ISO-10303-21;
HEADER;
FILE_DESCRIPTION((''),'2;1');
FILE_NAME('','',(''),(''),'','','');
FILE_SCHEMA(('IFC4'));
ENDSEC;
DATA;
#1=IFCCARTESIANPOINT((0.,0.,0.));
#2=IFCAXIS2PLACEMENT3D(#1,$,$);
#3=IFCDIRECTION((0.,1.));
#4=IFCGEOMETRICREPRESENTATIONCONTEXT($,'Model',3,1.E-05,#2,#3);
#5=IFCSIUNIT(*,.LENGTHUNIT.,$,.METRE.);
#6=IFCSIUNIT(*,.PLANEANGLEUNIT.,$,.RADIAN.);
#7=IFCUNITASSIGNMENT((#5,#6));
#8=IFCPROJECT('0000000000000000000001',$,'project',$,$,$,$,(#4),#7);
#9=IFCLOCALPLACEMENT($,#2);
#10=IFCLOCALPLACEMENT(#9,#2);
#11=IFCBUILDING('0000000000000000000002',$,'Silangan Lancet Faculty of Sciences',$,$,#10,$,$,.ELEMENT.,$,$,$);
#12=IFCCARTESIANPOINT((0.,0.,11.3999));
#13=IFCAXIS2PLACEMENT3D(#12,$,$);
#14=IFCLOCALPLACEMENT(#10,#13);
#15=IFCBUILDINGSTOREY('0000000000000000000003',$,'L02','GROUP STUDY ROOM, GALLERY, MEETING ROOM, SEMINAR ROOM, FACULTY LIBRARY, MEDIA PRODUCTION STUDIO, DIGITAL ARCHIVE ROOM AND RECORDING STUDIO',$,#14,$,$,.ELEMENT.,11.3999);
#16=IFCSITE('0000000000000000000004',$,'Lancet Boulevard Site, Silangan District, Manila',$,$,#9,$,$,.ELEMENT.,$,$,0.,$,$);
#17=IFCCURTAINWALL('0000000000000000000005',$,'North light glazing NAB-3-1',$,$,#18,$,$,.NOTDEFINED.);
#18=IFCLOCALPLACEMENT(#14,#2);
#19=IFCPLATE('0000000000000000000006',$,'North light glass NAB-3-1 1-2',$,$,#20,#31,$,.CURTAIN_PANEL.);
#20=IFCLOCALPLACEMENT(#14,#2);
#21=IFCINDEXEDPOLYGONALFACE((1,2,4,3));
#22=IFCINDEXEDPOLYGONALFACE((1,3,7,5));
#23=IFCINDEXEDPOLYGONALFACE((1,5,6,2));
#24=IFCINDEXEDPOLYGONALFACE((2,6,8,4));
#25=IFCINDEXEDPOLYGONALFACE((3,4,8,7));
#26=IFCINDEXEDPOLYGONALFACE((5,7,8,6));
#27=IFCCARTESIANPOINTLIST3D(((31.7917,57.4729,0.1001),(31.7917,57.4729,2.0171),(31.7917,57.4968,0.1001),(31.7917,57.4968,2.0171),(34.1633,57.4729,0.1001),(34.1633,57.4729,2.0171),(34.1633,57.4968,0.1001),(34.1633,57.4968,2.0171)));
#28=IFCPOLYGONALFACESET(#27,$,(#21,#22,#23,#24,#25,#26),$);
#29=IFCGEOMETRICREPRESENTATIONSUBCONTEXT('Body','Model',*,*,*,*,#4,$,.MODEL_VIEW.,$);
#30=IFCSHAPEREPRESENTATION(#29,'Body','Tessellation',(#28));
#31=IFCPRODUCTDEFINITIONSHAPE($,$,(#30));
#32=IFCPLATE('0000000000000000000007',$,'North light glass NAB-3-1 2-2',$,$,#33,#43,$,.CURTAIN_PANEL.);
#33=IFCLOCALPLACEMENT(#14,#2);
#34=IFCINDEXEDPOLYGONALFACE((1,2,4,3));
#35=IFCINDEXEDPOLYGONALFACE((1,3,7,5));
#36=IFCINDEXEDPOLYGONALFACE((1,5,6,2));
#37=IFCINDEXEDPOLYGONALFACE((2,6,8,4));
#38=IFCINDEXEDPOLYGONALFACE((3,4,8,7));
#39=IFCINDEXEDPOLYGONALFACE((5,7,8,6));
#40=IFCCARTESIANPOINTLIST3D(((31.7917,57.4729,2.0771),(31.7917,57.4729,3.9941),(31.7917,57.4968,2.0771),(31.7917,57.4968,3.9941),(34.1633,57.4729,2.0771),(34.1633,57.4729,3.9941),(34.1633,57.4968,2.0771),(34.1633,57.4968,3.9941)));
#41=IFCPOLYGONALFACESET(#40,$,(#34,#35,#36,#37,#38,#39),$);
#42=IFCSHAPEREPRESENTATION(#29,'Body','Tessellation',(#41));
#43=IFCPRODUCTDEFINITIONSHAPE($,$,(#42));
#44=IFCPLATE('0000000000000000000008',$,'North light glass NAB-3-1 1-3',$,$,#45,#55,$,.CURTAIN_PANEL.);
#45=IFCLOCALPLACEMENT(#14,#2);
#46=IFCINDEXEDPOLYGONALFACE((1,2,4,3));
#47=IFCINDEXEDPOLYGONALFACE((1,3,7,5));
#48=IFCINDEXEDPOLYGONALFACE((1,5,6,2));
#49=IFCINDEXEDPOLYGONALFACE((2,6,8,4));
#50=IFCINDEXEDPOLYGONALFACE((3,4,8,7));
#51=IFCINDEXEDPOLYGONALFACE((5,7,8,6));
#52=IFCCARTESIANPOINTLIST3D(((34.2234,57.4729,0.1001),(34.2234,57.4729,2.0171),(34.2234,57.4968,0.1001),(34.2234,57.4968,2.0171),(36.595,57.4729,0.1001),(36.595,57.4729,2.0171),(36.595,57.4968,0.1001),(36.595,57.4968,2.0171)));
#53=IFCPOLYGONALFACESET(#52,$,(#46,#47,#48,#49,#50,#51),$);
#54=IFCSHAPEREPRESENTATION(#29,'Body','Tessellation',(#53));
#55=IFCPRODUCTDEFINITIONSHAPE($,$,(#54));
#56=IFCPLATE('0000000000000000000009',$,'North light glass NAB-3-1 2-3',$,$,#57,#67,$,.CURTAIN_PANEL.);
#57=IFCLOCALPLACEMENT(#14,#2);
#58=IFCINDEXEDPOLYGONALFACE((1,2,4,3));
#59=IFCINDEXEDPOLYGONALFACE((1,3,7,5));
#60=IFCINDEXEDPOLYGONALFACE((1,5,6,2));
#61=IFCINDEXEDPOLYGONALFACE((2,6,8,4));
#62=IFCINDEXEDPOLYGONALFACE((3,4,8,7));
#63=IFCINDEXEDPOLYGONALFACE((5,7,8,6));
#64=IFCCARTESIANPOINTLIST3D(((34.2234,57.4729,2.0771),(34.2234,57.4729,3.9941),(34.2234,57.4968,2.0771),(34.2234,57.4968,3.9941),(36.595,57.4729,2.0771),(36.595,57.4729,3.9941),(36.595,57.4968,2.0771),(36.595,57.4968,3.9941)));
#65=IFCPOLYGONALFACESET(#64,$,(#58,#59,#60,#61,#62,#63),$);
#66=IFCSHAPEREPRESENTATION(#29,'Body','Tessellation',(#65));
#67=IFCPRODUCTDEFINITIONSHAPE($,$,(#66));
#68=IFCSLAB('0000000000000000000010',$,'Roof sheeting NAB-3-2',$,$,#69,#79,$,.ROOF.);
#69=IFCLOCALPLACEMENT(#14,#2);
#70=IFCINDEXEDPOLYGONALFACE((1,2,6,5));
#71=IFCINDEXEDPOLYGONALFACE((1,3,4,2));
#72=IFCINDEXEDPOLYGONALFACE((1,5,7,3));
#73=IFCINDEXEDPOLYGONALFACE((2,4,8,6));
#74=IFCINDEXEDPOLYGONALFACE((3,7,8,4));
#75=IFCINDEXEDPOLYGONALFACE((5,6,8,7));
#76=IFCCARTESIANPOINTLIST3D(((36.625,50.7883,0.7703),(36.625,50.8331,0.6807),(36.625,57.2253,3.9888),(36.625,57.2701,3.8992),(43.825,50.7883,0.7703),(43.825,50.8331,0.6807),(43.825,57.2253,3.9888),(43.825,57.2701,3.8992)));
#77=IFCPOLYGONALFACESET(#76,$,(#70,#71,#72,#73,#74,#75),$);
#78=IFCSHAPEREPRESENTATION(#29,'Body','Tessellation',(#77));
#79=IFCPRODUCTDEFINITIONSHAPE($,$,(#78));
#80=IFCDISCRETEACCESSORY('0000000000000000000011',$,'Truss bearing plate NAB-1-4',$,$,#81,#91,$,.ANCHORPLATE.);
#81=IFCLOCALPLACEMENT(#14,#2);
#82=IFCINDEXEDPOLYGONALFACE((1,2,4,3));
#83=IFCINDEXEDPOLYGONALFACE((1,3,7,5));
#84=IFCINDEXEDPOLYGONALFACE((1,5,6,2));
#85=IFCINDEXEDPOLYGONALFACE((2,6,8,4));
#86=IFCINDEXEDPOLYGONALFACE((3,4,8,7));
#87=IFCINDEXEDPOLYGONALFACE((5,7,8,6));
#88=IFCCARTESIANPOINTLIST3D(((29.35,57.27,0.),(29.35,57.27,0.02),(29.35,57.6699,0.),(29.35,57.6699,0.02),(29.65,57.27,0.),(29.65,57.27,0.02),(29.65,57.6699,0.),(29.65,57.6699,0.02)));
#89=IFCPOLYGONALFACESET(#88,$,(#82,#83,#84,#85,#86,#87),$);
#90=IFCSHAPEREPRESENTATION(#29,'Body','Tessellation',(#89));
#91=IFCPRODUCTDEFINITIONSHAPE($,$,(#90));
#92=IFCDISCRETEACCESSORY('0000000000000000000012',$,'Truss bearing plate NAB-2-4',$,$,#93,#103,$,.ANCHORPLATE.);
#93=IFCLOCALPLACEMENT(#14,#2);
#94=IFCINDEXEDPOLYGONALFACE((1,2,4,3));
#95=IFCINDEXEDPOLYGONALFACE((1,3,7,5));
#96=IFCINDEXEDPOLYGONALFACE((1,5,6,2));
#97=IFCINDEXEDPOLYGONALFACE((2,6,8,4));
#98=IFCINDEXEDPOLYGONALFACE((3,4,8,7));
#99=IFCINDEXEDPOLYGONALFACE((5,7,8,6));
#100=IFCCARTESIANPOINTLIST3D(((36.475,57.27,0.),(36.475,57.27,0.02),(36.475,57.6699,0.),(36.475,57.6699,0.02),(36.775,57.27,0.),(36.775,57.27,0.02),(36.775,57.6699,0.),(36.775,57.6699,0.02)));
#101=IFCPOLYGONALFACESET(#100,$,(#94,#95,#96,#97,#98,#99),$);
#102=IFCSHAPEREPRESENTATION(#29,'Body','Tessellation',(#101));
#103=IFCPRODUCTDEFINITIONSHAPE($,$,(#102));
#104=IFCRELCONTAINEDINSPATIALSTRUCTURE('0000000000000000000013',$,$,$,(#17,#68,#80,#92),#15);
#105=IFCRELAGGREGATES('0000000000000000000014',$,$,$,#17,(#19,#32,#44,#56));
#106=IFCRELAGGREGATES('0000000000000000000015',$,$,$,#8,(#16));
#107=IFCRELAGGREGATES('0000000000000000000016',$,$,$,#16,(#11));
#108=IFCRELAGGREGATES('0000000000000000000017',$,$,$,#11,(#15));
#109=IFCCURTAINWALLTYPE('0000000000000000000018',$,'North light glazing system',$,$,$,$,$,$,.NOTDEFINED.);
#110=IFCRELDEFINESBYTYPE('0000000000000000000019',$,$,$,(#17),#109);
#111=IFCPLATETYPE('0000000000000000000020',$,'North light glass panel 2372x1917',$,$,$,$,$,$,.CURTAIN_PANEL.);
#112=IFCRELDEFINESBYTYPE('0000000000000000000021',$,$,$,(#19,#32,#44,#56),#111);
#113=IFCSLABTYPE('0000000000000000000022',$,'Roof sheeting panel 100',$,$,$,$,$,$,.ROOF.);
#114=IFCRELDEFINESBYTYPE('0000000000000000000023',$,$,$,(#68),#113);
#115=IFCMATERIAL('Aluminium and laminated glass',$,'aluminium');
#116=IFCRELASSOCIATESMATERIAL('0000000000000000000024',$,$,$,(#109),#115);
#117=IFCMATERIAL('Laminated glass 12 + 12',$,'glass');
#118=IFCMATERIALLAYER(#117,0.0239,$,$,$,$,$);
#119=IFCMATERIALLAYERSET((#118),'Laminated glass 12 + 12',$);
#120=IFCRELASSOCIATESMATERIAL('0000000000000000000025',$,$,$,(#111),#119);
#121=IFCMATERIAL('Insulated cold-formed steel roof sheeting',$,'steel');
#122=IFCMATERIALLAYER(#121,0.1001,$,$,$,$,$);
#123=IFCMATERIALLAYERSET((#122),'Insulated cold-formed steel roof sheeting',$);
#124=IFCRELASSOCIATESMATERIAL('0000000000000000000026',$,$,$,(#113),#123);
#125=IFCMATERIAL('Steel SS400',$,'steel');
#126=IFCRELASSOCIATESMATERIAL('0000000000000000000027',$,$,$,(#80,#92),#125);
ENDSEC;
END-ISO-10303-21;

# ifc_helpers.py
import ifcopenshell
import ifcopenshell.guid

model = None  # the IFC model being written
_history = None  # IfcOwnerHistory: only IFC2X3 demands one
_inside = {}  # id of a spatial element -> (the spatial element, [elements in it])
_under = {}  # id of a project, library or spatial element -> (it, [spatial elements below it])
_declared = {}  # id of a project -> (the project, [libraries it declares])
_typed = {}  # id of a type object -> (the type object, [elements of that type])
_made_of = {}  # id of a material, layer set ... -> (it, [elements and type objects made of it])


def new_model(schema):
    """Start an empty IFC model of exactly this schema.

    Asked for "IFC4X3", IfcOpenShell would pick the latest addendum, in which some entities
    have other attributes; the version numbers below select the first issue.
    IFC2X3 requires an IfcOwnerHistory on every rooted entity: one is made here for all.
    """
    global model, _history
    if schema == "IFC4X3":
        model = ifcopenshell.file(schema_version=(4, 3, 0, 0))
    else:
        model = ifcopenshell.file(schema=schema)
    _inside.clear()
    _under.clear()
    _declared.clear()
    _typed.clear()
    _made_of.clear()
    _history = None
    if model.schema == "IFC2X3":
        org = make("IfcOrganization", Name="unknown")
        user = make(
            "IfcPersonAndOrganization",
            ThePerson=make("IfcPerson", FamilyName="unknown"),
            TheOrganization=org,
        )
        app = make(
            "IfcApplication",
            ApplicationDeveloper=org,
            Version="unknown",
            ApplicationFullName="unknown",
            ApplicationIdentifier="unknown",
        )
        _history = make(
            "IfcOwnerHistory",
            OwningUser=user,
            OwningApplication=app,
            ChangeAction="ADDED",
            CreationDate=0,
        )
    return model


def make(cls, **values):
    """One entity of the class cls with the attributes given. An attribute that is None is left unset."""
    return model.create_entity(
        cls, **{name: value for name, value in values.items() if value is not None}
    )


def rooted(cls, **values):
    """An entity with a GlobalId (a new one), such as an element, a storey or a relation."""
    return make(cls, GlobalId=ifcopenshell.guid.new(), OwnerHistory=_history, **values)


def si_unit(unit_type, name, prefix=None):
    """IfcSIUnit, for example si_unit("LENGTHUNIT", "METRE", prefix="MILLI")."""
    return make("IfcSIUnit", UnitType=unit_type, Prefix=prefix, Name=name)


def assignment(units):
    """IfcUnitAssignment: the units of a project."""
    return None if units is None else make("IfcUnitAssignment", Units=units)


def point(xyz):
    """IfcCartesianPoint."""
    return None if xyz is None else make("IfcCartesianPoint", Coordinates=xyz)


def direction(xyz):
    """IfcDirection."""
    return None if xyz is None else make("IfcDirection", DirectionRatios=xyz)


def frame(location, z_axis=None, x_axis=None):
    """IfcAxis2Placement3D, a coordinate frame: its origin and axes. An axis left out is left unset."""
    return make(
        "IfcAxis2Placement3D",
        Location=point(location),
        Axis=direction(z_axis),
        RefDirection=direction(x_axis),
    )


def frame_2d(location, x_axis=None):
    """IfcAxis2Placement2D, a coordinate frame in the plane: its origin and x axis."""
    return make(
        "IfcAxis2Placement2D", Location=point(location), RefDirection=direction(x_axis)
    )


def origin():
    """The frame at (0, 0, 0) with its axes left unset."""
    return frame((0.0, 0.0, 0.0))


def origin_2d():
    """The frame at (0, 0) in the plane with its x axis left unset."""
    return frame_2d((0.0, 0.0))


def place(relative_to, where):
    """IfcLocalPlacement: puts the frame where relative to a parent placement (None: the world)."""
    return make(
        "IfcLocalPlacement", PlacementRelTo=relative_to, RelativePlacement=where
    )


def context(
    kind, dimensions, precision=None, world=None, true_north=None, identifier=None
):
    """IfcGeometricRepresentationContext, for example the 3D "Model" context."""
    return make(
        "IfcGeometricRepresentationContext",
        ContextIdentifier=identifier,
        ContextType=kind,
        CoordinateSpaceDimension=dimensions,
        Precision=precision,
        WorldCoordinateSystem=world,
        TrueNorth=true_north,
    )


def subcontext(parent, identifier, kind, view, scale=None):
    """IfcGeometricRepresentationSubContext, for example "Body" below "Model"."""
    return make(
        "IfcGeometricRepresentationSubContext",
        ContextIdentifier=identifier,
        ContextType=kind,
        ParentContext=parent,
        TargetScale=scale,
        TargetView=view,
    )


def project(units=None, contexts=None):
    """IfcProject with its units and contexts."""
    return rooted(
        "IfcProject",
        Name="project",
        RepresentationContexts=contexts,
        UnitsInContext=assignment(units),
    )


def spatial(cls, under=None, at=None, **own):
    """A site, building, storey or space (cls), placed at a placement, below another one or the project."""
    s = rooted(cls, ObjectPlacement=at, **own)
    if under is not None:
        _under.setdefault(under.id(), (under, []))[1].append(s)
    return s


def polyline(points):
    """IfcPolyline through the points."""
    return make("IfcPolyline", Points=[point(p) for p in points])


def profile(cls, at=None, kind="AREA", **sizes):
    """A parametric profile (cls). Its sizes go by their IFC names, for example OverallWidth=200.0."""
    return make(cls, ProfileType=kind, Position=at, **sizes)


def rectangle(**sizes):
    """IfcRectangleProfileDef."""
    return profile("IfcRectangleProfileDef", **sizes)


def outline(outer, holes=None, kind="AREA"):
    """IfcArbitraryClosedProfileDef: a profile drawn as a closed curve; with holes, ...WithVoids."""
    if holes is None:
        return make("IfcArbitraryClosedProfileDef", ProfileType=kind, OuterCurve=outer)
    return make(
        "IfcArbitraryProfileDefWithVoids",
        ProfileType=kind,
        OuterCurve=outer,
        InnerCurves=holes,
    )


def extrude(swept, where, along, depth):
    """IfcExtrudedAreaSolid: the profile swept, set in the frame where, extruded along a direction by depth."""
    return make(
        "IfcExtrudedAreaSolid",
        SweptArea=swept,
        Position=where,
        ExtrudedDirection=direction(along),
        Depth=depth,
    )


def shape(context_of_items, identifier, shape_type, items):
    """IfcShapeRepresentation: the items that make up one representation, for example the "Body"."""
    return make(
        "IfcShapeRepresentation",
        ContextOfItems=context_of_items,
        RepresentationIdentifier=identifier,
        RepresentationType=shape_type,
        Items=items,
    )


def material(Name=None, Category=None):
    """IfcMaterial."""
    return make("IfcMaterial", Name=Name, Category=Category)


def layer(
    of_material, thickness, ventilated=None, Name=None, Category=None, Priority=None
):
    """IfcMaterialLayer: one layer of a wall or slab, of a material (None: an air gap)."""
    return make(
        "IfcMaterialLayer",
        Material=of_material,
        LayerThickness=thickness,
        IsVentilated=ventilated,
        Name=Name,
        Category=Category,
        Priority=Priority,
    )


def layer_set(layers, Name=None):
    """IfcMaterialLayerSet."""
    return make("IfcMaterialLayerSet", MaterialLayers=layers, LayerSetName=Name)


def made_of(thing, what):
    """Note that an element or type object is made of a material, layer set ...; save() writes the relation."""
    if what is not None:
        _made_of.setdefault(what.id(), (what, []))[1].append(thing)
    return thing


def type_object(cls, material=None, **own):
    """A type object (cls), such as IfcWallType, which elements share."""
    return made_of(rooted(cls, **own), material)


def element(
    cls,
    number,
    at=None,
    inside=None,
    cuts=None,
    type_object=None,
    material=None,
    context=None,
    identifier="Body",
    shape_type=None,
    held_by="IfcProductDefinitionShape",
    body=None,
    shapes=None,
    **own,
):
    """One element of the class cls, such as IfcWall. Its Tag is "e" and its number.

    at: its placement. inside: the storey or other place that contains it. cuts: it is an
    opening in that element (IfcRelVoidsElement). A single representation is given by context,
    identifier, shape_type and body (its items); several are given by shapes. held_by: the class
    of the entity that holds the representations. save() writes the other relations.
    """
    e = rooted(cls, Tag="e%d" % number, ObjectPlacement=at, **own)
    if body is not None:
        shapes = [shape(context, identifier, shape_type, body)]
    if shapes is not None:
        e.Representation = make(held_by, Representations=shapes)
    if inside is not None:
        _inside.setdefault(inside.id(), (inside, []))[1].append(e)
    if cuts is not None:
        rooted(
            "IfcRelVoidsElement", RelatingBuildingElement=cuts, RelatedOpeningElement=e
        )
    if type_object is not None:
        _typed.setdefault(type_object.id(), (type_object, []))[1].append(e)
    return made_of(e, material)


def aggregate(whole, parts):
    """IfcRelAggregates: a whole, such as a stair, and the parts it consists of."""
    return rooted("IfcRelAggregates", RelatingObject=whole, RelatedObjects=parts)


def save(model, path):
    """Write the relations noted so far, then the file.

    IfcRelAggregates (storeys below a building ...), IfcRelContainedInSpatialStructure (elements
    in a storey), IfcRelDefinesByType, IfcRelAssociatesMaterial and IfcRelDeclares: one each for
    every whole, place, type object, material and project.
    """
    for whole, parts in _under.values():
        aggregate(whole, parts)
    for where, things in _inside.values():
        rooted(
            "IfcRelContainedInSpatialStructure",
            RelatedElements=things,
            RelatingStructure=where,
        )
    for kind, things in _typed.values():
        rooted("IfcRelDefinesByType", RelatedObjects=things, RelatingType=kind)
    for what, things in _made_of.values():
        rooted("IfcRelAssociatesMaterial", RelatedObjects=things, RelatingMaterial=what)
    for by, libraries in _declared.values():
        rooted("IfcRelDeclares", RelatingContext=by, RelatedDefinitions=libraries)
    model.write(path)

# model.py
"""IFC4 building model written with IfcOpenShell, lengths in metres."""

from ifc_helpers import new_model, si_unit, direction, frame, origin, origin_2d, place, context, subcontext, project, spatial, polyline, rectangle, outline, extrude, material, layer, layer_set, type_object, element, aggregate, save


model = new_model("IFC4")

# Units and contexts
model_context = context("Model", 3, precision=1e-05, world=origin(), true_north=direction((0.0, 1.0)))
body_context = subcontext(model_context, "Body", "Model", "MODEL_VIEW")
ifc_project = project(units=[si_unit("LENGTHUNIT", "METRE"), si_unit("PLANEANGLEUNIT", "RADIAN")], contexts=[model_context])

# Site, building, storey
site_placement = place(None, origin())
site = spatial("IfcSite", under=ifc_project, at=site_placement, Name="Lancet Boulevard Site, Silangan District, Manila", CompositionType="ELEMENT", RefElevation=0.0)
building_placement = place(site_placement, origin())
building = spatial("IfcBuilding", under=site, at=building_placement, Name="Silangan Lancet Faculty of Sciences", CompositionType="ELEMENT")
storey_placement = place(building_placement, frame((0.0, 0.0, 11.3999)))
storey = spatial("IfcBuildingStorey", under=building, at=storey_placement, Name="L02", Description="GROUP STUDY ROOM, GALLERY, MEETING ROOM, SEMINAR ROOM, FACULTY LIBRARY, MEDIA PRODUCTION STUDIO, DIGITAL ARCHIVE ROOM AND RECORDING STUDIO", CompositionType="ELEMENT", Elevation=11.3999)

# Curtain wall
ifc_material_1 = material(Name="Aluminium and laminated glass", Category="aluminium")
curtain_wall_type = type_object("IfcCurtainWallType", Name="North light glazing system", PredefinedType="NOTDEFINED", material=ifc_material_1)
curtain_wall_1_placement = place(storey_placement, origin())
curtain_wall_1 = element("IfcCurtainWall", 1, at=curtain_wall_1_placement, inside=storey, type_object=curtain_wall_type, Name="North light glazing NAB-3-1", PredefinedType="NOTDEFINED")

# Plates
ifc_material_2 = material(Name="Laminated glass 12 + 12", Category="glass")
ifc_layer_1 = layer(ifc_material_2, 0.0239)
ifc_layer_set_1 = layer_set([ifc_layer_1], Name="Laminated glass 12 + 12")
plate_type_1 = type_object("IfcPlateType", Name="North light glass panel 2372x1917", PredefinedType="CURTAIN_PANEL", material=ifc_layer_set_1)
plate_1_placement = place(storey_placement, frame((31.7917, 57.4729, 0.1001), z_axis=(0.0, -1.0, 0.0), x_axis=(1.0, 0.0, 0.0)))
plate_1 = element("IfcPlate", 2, at=plate_1_placement, type_object=plate_type_1, Name="North light glass NAB-3-1 1-2", PredefinedType="CURTAIN_PANEL", context=body_context, shape_type="SweptSolid", body=[
    extrude(outline(polyline([(0.0, 0.0), (2.3716, 0.0), (2.3716, 1.917), (0.0, 1.917), (0.0, 0.0)])), origin(), (0.0, 0.0, -1.0), 0.0239),
])
plate_2_placement = place(storey_placement, frame((31.7917, 57.4729, 2.0771), z_axis=(0.0, -1.0, 0.0), x_axis=(1.0, 0.0, 0.0)))
plate_2 = element("IfcPlate", 3, at=plate_2_placement, type_object=plate_type_1, Name="North light glass NAB-3-1 2-2", PredefinedType="CURTAIN_PANEL", context=body_context, shape_type="SweptSolid", body=[
    extrude(outline(polyline([(0.0, 0.0), (2.3716, 0.0), (2.3716, 1.917), (0.0, 1.917), (0.0, 0.0)])), origin(), (0.0, 0.0, -1.0), 0.0239),
])
plate_3_placement = place(storey_placement, frame((34.2234, 57.4729, 0.1001), z_axis=(0.0, -1.0, 0.0), x_axis=(1.0, 0.0, 0.0)))
plate_3 = element("IfcPlate", 4, at=plate_3_placement, type_object=plate_type_1, Name="North light glass NAB-3-1 1-3", PredefinedType="CURTAIN_PANEL", context=body_context, shape_type="SweptSolid", body=[
    extrude(outline(polyline([(0.0, 0.0), (2.3716, 0.0), (2.3716, 1.917), (0.0, 1.917), (0.0, 0.0)])), origin(), (0.0, 0.0, -1.0), 0.0239),
])
plate_4_placement = place(storey_placement, frame((34.2234, 57.4729, 2.0771), z_axis=(0.0, -1.0, 0.0), x_axis=(1.0, 0.0, 0.0)))
plate_4 = element("IfcPlate", 5, at=plate_4_placement, type_object=plate_type_1, Name="North light glass NAB-3-1 2-3", PredefinedType="CURTAIN_PANEL", context=body_context, shape_type="SweptSolid", body=[
    extrude(outline(polyline([(0.0, 0.0), (2.3716, 0.0), (2.3716, 1.917), (0.0, 1.917), (0.0, 0.0)])), origin(), (0.0, 0.0, -1.0), 0.0239),
])
aggregate(curtain_wall_1, [plate_1, plate_2, plate_3, plate_4])

# Slab
ifc_material_3 = material(Name="Insulated cold-formed steel roof sheeting", Category="steel")
ifc_layer_2 = layer(ifc_material_3, 0.1001)
ifc_layer_set_2 = layer_set([ifc_layer_2], Name="Insulated cold-formed steel roof sheeting")
slab_type = type_object("IfcSlabType", Name="Roof sheeting panel 100", PredefinedType="ROOF", material=ifc_layer_set_2)
slab_placement = place(storey_placement, frame((36.625, 50.7883, 0.7703), z_axis=(0.0, -0.447214, 0.894427), x_axis=(1.0, 0.0, 0.0)))
element("IfcSlab", 6, at=slab_placement, inside=storey, type_object=slab_type, Name="Roof sheeting NAB-3-2", PredefinedType="ROOF", context=body_context, shape_type="SweptSolid", body=[
    extrude(outline(polyline([(0.0, 0.0), (7.2, 0.0), (7.2, 7.1968), (0.0, 7.1968), (0.0, 0.0)])), origin(), (0.0, 0.0, -1.0), 0.1001),
])

# Discrete accessories
ifc_material_4 = material(Name="Steel SS400", Category="steel")
for number, where, z_axis, x_axis, name in (
    (7, (29.5, 57.47, 0.0), (0.0, 0.0, 1.0), (1.0, 0.0, 0.0), "Truss bearing plate NAB-1-4"),
    (8, (36.625, 57.47, 0.0), (0.0, 0.0, 1.0), (1.0, 0.0, 0.0), "Truss bearing plate NAB-2-4"),
):
    element("IfcDiscreteAccessory", number, at=place(storey_placement, frame(where, z_axis=z_axis, x_axis=x_axis)), inside=storey, material=ifc_material_4, Name=name, PredefinedType="ANCHORPLATE", context=body_context, shape_type="SweptSolid", body=[
        extrude(rectangle(XDim=0.3, YDim=0.3999, at=origin_2d()), origin(), (0.0, 0.0, 1.0), 0.02),
    ])

save(model, "model.ifc")
